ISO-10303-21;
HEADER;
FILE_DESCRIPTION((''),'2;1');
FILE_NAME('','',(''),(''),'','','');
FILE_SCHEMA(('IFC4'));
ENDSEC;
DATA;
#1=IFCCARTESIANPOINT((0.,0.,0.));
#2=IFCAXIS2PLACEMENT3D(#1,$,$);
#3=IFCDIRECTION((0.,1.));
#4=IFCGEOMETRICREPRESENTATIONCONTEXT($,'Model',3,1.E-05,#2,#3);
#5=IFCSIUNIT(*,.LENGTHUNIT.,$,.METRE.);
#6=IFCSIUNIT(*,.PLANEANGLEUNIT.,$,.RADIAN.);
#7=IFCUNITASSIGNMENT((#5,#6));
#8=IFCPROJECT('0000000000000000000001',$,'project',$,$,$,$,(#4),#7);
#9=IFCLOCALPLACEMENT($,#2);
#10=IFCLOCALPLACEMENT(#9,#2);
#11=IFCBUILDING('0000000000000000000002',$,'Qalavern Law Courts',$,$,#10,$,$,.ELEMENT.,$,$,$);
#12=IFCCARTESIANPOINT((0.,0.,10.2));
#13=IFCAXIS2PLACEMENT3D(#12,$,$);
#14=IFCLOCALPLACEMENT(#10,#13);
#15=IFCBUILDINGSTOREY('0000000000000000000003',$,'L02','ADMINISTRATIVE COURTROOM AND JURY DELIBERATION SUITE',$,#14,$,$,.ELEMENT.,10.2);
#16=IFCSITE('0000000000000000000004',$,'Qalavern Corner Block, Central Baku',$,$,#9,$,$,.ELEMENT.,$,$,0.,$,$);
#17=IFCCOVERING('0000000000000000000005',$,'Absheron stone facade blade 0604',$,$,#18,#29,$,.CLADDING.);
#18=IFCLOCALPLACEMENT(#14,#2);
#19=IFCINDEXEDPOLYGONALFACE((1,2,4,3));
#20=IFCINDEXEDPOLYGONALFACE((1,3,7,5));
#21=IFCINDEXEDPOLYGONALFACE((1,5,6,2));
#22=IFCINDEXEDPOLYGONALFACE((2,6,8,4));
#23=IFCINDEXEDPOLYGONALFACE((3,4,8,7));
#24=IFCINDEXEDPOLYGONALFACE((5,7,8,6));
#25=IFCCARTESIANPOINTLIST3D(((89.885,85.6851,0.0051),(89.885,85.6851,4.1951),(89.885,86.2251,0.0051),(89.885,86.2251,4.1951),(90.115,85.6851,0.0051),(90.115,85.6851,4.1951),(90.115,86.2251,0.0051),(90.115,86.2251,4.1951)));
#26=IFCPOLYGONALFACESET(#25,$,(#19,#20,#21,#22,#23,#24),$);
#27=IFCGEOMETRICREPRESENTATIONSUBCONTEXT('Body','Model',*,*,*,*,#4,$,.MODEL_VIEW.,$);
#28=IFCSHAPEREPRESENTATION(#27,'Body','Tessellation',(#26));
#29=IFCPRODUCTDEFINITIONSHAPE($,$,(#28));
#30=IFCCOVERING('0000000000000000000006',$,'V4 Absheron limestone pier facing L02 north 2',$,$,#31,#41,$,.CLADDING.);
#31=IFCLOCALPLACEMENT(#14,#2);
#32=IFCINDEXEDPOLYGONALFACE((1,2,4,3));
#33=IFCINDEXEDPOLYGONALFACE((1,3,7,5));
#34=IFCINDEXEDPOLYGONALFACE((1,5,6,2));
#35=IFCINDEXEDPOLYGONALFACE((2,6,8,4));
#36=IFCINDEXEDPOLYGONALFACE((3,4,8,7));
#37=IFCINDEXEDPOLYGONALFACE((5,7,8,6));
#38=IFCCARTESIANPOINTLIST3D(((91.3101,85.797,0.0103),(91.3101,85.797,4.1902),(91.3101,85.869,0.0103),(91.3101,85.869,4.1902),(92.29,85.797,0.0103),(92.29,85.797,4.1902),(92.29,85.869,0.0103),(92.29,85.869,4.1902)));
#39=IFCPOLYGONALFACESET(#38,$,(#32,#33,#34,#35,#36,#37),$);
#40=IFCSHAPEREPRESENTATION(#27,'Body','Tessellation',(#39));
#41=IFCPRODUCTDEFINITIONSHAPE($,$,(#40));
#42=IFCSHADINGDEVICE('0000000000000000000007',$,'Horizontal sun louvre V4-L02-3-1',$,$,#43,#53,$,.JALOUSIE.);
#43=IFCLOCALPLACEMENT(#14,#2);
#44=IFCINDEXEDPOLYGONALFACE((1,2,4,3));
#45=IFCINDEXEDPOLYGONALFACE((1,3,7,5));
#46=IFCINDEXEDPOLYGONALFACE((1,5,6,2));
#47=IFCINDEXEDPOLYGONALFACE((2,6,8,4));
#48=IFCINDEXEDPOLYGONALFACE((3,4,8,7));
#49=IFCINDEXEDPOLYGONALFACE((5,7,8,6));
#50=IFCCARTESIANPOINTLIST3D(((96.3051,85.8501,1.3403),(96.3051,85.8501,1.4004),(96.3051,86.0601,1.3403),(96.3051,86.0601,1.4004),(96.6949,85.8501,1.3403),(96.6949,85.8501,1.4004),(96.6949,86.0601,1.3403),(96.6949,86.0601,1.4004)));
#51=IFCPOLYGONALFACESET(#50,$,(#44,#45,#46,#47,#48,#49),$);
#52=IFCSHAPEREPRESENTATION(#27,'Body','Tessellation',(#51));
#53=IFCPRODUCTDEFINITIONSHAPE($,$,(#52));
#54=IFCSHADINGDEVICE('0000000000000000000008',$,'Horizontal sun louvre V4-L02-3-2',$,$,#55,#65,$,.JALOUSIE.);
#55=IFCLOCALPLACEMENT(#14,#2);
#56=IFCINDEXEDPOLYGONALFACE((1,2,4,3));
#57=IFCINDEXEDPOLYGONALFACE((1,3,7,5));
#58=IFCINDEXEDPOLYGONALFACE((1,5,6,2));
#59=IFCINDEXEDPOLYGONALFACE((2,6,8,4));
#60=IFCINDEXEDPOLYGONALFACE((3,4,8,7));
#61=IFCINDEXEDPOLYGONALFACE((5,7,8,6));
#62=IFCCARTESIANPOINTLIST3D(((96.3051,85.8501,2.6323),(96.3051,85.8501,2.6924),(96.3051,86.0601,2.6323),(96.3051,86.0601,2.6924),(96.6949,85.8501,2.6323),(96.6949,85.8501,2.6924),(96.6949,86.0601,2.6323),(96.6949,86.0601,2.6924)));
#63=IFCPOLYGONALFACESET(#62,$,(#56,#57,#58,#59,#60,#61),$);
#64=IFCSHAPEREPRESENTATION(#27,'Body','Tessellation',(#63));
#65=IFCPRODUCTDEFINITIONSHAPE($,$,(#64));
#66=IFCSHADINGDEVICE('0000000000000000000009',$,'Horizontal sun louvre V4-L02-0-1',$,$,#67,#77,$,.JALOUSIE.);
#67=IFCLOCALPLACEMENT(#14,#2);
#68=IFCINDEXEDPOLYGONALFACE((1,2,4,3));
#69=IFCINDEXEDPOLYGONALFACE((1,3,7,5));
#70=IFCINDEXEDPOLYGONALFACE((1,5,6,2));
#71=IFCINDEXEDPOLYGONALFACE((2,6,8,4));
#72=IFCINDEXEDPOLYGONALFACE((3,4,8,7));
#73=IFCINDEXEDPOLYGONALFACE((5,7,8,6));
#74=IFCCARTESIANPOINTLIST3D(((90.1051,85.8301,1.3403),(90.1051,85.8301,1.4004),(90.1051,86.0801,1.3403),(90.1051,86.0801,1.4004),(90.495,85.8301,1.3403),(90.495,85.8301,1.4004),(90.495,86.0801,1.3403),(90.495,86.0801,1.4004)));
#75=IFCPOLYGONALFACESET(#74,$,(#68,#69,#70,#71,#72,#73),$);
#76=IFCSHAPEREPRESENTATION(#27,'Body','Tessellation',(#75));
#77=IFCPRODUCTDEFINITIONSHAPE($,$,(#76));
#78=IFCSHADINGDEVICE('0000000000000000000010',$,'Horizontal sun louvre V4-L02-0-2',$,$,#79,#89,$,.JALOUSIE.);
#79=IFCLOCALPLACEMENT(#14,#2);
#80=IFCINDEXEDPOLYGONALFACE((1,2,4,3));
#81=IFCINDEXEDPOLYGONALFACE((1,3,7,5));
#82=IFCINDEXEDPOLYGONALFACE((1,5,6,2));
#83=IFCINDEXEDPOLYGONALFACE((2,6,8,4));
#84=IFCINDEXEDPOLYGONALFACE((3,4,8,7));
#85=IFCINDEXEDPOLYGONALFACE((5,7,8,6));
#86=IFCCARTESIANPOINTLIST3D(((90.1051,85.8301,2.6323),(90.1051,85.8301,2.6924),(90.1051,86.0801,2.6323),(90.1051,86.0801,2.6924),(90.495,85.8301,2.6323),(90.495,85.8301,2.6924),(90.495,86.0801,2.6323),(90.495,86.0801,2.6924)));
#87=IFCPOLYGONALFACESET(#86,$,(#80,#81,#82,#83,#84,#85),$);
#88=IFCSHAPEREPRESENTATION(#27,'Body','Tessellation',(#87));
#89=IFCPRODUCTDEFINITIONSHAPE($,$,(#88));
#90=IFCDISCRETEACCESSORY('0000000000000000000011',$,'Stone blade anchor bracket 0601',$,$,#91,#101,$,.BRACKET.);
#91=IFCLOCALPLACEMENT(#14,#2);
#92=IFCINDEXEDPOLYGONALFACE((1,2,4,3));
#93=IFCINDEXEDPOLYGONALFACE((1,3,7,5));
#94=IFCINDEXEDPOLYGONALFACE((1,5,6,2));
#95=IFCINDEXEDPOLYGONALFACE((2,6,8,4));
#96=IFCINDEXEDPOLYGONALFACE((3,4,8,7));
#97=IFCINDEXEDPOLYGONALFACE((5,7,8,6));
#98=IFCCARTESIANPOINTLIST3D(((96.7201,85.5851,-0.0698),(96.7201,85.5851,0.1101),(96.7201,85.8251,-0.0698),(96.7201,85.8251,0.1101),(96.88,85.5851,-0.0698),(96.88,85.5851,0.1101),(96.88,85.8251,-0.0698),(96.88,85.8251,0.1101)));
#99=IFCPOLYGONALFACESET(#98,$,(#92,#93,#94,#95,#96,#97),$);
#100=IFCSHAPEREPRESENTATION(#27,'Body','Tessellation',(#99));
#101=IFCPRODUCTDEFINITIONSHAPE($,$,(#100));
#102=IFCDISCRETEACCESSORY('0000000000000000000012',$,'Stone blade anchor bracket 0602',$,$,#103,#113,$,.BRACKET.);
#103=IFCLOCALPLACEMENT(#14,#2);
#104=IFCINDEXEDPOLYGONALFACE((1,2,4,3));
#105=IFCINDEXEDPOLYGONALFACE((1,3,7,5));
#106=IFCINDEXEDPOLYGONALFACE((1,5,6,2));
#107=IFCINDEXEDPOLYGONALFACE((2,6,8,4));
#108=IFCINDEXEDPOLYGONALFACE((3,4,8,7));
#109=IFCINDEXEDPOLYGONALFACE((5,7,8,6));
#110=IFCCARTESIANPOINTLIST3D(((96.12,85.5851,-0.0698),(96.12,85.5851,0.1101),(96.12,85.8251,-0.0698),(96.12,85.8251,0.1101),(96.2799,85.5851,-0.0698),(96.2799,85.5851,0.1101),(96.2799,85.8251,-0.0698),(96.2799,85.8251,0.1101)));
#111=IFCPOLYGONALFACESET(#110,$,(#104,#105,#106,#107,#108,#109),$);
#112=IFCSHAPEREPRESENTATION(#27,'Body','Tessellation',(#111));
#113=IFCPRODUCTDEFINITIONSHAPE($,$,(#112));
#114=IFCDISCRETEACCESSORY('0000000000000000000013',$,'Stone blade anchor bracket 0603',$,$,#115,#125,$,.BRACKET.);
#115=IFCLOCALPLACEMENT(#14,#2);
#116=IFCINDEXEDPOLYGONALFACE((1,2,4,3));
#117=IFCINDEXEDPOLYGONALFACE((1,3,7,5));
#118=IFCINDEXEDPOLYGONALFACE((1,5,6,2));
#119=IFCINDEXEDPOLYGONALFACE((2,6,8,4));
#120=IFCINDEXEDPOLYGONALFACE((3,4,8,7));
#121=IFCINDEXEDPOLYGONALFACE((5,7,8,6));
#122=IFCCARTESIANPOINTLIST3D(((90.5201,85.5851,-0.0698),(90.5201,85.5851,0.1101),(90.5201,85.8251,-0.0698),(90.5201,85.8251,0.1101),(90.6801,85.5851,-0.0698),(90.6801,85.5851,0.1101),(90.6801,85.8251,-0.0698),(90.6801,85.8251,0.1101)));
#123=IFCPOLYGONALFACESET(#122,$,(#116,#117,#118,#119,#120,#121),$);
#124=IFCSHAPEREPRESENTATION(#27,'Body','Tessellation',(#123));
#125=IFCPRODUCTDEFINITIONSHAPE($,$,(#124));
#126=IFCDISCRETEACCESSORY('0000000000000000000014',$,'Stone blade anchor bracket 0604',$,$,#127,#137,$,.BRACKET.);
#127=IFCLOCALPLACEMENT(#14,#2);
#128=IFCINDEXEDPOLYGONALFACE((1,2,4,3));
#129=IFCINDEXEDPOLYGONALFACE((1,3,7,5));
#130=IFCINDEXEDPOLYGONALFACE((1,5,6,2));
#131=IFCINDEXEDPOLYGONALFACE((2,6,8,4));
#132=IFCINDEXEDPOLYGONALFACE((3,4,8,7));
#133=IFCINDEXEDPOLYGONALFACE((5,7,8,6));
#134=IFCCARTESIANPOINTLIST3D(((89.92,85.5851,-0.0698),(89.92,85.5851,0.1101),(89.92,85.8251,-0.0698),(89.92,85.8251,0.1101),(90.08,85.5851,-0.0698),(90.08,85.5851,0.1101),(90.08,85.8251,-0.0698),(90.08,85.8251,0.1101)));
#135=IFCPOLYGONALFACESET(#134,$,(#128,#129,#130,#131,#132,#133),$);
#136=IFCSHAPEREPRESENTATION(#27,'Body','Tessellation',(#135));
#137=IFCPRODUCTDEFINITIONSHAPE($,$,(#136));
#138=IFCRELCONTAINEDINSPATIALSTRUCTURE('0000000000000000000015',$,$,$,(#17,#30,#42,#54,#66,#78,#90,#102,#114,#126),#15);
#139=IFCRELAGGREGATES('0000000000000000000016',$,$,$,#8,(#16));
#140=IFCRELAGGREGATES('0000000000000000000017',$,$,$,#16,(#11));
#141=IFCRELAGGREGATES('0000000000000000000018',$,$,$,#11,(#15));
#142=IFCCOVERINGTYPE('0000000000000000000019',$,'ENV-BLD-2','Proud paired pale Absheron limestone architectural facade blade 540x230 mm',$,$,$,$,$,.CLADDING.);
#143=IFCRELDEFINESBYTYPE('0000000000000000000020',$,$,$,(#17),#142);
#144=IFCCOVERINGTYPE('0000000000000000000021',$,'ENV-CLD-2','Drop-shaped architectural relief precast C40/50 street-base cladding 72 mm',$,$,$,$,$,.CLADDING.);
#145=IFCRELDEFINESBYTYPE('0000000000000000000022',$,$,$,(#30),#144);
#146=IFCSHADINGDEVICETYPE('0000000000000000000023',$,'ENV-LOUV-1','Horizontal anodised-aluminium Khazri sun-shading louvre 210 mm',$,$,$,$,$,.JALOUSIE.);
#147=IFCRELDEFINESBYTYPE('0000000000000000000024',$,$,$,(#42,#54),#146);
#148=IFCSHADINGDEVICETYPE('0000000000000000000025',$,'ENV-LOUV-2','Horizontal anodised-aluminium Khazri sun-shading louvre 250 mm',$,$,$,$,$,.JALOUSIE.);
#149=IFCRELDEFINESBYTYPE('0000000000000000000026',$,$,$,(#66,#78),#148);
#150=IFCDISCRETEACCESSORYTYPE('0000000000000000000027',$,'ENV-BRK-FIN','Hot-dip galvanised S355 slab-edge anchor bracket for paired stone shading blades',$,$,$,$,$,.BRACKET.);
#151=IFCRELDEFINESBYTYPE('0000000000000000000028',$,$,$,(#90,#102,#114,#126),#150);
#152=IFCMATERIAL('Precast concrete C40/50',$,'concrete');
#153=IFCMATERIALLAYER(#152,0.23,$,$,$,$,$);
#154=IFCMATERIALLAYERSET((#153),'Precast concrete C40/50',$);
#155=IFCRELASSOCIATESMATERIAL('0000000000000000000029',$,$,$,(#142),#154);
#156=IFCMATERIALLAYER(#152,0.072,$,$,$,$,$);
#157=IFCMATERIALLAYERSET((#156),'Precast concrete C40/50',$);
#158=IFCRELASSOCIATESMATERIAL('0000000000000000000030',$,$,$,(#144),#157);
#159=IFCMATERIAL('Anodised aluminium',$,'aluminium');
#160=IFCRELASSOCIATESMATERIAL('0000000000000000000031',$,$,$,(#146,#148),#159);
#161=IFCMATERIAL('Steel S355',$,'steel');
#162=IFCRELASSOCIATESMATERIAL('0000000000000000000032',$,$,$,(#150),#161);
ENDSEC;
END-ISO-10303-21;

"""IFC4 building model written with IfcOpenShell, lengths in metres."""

from ifc_helpers import new_model, si_unit, direction, frame, origin, origin_2d, place, context, subcontext, project, spatial, rectangle, extrude, material, layer, layer_set, type_object, element, save


model = new_model("IFC4")

# Units and contexts
model_context = context("Model", 3, precision=1e-05, world=origin(), true_north=direction((0.0, 1.0)))
body_context = subcontext(model_context, "Body", "Model", "MODEL_VIEW")
ifc_project = project(units=[si_unit("LENGTHUNIT", "METRE"), si_unit("PLANEANGLEUNIT", "RADIAN")], contexts=[model_context])

# Site, building, storey
site_placement = place(None, origin())
site = spatial("IfcSite", under=ifc_project, at=site_placement, Name="Qalavern Corner Block, Central Baku", CompositionType="ELEMENT", RefElevation=0.0)
building_placement = place(site_placement, origin())
building = spatial("IfcBuilding", under=site, at=building_placement, Name="Qalavern Law Courts", CompositionType="ELEMENT")
storey_placement = place(building_placement, frame((0.0, 0.0, 10.2)))
storey = spatial("IfcBuildingStorey", under=building, at=storey_placement, Name="L02", Description="ADMINISTRATIVE COURTROOM AND JURY DELIBERATION SUITE", CompositionType="ELEMENT", Elevation=10.2)

# Shared definitions
ifc_material_1 = material(Name="Anodised aluminium", Category="aluminium")

# Coverings
ifc_material_2 = material(Name="Precast concrete C40/50", Category="concrete")
ifc_layer_1 = layer(ifc_material_2, 0.23)
ifc_layer_set_1 = layer_set([ifc_layer_1], Name="Precast concrete C40/50")
covering_type_1 = type_object("IfcCoveringType", Name="ENV-BLD-2", Description="Proud paired pale Absheron limestone architectural facade blade 540x230 mm", PredefinedType="CLADDING", material=ifc_layer_set_1)
for number, where, z_axis, x_axis, name in (
    (1, (90.0, 85.9551, 0.0051), (0.0, 0.0, 1.0), (0.0, 1.0, 0.0), "Absheron stone facade blade 0604"),
):
    element("IfcCovering", number, at=place(storey_placement, frame(where, z_axis=z_axis, x_axis=x_axis)), inside=storey, type_object=covering_type_1, Name=name, PredefinedType="CLADDING", context=body_context, shape_type="SweptSolid", body=[
        extrude(rectangle(XDim=0.54, YDim=0.23, at=origin_2d()), origin(), (0.0, 0.0, 1.0), 4.1899),
    ])
ifc_layer_2 = layer(ifc_material_2, 0.072)
ifc_layer_set_2 = layer_set([ifc_layer_2], Name="Precast concrete C40/50")
covering_type_2 = type_object("IfcCoveringType", Name="ENV-CLD-2", Description="Drop-shaped architectural relief precast C40/50 street-base cladding 72 mm", PredefinedType="CLADDING", material=ifc_layer_set_2)
covering_placement = place(storey_placement, frame((91.8, 85.833, 0.0103), z_axis=(0.0, 0.0, 1.0), x_axis=(-1.0, 0.0, 0.0)))
element("IfcCovering", 2, at=covering_placement, inside=storey, type_object=covering_type_2, Name="V4 Absheron limestone pier facing L02 north 2", PredefinedType="CLADDING", context=body_context, shape_type="SweptSolid", body=[
    extrude(rectangle(XDim=0.98, YDim=0.072, at=origin_2d()), origin(), (0.0, 0.0, 1.0), 4.1799),
])

# Shading devices
shading_device_type_1 = type_object("IfcShadingDeviceType", Name="ENV-LOUV-1", Description="Horizontal anodised-aluminium Khazri sun-shading louvre 210 mm", PredefinedType="JALOUSIE", material=ifc_material_1)
for number, where, z_axis, x_axis, name in (
    (3, (96.5, 85.9551, 1.3403), (0.0, 0.0, 1.0), (-1.0, 0.0, 0.0), "Horizontal sun louvre V4-L02-3-1"),
    (4, (96.5, 85.9551, 2.6323), (0.0, 0.0, 1.0), (-1.0, 0.0, 0.0), "Horizontal sun louvre V4-L02-3-2"),
):
    element("IfcShadingDevice", number, at=place(storey_placement, frame(where, z_axis=z_axis, x_axis=x_axis)), inside=storey, type_object=shading_device_type_1, Name=name, PredefinedType="JALOUSIE", context=body_context, shape_type="SweptSolid", body=[
        extrude(rectangle(XDim=0.3899, YDim=0.21, at=origin_2d()), origin(), (0.0, 0.0, 1.0), 0.0601),
    ])
shading_device_type_2 = type_object("IfcShadingDeviceType", Name="ENV-LOUV-2", Description="Horizontal anodised-aluminium Khazri sun-shading louvre 250 mm", PredefinedType="JALOUSIE", material=ifc_material_1)
for number, where, z_axis, x_axis, name in (
    (5, (90.3, 85.9551, 1.3403), (0.0, 0.0, 1.0), (-1.0, 0.0, 0.0), "Horizontal sun louvre V4-L02-0-1"),
    (6, (90.3, 85.9551, 2.6323), (0.0, 0.0, 1.0), (-1.0, 0.0, 0.0), "Horizontal sun louvre V4-L02-0-2"),
):
    element("IfcShadingDevice", number, at=place(storey_placement, frame(where, z_axis=z_axis, x_axis=x_axis)), inside=storey, type_object=shading_device_type_2, Name=name, PredefinedType="JALOUSIE", context=body_context, shape_type="SweptSolid", body=[
        extrude(rectangle(XDim=0.3899, YDim=0.25, at=origin_2d()), origin(), (0.0, 0.0, 1.0), 0.0601),
    ])

# Discrete accessories
ifc_material_3 = material(Name="Steel S355", Category="steel")
discrete_accessory_type = type_object("IfcDiscreteAccessoryType", Name="ENV-BRK-FIN", Description="Hot-dip galvanised S355 slab-edge anchor bracket for paired stone shading blades", PredefinedType="BRACKET", material=ifc_material_3)
for number, where, z_axis, x_axis, name in (
    (7, (96.8, 85.7051, -0.0698), (0.0, 0.0, 1.0), (0.0, 1.0, 0.0), "Stone blade anchor bracket 0601"),
    (8, (96.2, 85.7051, -0.0698), (0.0, 0.0, 1.0), (0.0, 1.0, 0.0), "Stone blade anchor bracket 0602"),
    (9, (90.6001, 85.7051, -0.0698), (0.0, 0.0, 1.0), (0.0, 1.0, 0.0), "Stone blade anchor bracket 0603"),
    (10, (90.0, 85.7051, -0.0698), (0.0, 0.0, 1.0), (0.0, 1.0, 0.0), "Stone blade anchor bracket 0604"),
):
    element("IfcDiscreteAccessory", number, at=place(storey_placement, frame(where, z_axis=z_axis, x_axis=x_axis)), inside=storey, type_object=discrete_accessory_type, Name=name, PredefinedType="BRACKET", context=body_context, shape_type="SweptSolid", body=[
        extrude(rectangle(XDim=0.24, YDim=0.1599, at=origin_2d()), origin(), (0.0, 0.0, 1.0), 0.1799),
    ])

save(model, "model.ifc")
